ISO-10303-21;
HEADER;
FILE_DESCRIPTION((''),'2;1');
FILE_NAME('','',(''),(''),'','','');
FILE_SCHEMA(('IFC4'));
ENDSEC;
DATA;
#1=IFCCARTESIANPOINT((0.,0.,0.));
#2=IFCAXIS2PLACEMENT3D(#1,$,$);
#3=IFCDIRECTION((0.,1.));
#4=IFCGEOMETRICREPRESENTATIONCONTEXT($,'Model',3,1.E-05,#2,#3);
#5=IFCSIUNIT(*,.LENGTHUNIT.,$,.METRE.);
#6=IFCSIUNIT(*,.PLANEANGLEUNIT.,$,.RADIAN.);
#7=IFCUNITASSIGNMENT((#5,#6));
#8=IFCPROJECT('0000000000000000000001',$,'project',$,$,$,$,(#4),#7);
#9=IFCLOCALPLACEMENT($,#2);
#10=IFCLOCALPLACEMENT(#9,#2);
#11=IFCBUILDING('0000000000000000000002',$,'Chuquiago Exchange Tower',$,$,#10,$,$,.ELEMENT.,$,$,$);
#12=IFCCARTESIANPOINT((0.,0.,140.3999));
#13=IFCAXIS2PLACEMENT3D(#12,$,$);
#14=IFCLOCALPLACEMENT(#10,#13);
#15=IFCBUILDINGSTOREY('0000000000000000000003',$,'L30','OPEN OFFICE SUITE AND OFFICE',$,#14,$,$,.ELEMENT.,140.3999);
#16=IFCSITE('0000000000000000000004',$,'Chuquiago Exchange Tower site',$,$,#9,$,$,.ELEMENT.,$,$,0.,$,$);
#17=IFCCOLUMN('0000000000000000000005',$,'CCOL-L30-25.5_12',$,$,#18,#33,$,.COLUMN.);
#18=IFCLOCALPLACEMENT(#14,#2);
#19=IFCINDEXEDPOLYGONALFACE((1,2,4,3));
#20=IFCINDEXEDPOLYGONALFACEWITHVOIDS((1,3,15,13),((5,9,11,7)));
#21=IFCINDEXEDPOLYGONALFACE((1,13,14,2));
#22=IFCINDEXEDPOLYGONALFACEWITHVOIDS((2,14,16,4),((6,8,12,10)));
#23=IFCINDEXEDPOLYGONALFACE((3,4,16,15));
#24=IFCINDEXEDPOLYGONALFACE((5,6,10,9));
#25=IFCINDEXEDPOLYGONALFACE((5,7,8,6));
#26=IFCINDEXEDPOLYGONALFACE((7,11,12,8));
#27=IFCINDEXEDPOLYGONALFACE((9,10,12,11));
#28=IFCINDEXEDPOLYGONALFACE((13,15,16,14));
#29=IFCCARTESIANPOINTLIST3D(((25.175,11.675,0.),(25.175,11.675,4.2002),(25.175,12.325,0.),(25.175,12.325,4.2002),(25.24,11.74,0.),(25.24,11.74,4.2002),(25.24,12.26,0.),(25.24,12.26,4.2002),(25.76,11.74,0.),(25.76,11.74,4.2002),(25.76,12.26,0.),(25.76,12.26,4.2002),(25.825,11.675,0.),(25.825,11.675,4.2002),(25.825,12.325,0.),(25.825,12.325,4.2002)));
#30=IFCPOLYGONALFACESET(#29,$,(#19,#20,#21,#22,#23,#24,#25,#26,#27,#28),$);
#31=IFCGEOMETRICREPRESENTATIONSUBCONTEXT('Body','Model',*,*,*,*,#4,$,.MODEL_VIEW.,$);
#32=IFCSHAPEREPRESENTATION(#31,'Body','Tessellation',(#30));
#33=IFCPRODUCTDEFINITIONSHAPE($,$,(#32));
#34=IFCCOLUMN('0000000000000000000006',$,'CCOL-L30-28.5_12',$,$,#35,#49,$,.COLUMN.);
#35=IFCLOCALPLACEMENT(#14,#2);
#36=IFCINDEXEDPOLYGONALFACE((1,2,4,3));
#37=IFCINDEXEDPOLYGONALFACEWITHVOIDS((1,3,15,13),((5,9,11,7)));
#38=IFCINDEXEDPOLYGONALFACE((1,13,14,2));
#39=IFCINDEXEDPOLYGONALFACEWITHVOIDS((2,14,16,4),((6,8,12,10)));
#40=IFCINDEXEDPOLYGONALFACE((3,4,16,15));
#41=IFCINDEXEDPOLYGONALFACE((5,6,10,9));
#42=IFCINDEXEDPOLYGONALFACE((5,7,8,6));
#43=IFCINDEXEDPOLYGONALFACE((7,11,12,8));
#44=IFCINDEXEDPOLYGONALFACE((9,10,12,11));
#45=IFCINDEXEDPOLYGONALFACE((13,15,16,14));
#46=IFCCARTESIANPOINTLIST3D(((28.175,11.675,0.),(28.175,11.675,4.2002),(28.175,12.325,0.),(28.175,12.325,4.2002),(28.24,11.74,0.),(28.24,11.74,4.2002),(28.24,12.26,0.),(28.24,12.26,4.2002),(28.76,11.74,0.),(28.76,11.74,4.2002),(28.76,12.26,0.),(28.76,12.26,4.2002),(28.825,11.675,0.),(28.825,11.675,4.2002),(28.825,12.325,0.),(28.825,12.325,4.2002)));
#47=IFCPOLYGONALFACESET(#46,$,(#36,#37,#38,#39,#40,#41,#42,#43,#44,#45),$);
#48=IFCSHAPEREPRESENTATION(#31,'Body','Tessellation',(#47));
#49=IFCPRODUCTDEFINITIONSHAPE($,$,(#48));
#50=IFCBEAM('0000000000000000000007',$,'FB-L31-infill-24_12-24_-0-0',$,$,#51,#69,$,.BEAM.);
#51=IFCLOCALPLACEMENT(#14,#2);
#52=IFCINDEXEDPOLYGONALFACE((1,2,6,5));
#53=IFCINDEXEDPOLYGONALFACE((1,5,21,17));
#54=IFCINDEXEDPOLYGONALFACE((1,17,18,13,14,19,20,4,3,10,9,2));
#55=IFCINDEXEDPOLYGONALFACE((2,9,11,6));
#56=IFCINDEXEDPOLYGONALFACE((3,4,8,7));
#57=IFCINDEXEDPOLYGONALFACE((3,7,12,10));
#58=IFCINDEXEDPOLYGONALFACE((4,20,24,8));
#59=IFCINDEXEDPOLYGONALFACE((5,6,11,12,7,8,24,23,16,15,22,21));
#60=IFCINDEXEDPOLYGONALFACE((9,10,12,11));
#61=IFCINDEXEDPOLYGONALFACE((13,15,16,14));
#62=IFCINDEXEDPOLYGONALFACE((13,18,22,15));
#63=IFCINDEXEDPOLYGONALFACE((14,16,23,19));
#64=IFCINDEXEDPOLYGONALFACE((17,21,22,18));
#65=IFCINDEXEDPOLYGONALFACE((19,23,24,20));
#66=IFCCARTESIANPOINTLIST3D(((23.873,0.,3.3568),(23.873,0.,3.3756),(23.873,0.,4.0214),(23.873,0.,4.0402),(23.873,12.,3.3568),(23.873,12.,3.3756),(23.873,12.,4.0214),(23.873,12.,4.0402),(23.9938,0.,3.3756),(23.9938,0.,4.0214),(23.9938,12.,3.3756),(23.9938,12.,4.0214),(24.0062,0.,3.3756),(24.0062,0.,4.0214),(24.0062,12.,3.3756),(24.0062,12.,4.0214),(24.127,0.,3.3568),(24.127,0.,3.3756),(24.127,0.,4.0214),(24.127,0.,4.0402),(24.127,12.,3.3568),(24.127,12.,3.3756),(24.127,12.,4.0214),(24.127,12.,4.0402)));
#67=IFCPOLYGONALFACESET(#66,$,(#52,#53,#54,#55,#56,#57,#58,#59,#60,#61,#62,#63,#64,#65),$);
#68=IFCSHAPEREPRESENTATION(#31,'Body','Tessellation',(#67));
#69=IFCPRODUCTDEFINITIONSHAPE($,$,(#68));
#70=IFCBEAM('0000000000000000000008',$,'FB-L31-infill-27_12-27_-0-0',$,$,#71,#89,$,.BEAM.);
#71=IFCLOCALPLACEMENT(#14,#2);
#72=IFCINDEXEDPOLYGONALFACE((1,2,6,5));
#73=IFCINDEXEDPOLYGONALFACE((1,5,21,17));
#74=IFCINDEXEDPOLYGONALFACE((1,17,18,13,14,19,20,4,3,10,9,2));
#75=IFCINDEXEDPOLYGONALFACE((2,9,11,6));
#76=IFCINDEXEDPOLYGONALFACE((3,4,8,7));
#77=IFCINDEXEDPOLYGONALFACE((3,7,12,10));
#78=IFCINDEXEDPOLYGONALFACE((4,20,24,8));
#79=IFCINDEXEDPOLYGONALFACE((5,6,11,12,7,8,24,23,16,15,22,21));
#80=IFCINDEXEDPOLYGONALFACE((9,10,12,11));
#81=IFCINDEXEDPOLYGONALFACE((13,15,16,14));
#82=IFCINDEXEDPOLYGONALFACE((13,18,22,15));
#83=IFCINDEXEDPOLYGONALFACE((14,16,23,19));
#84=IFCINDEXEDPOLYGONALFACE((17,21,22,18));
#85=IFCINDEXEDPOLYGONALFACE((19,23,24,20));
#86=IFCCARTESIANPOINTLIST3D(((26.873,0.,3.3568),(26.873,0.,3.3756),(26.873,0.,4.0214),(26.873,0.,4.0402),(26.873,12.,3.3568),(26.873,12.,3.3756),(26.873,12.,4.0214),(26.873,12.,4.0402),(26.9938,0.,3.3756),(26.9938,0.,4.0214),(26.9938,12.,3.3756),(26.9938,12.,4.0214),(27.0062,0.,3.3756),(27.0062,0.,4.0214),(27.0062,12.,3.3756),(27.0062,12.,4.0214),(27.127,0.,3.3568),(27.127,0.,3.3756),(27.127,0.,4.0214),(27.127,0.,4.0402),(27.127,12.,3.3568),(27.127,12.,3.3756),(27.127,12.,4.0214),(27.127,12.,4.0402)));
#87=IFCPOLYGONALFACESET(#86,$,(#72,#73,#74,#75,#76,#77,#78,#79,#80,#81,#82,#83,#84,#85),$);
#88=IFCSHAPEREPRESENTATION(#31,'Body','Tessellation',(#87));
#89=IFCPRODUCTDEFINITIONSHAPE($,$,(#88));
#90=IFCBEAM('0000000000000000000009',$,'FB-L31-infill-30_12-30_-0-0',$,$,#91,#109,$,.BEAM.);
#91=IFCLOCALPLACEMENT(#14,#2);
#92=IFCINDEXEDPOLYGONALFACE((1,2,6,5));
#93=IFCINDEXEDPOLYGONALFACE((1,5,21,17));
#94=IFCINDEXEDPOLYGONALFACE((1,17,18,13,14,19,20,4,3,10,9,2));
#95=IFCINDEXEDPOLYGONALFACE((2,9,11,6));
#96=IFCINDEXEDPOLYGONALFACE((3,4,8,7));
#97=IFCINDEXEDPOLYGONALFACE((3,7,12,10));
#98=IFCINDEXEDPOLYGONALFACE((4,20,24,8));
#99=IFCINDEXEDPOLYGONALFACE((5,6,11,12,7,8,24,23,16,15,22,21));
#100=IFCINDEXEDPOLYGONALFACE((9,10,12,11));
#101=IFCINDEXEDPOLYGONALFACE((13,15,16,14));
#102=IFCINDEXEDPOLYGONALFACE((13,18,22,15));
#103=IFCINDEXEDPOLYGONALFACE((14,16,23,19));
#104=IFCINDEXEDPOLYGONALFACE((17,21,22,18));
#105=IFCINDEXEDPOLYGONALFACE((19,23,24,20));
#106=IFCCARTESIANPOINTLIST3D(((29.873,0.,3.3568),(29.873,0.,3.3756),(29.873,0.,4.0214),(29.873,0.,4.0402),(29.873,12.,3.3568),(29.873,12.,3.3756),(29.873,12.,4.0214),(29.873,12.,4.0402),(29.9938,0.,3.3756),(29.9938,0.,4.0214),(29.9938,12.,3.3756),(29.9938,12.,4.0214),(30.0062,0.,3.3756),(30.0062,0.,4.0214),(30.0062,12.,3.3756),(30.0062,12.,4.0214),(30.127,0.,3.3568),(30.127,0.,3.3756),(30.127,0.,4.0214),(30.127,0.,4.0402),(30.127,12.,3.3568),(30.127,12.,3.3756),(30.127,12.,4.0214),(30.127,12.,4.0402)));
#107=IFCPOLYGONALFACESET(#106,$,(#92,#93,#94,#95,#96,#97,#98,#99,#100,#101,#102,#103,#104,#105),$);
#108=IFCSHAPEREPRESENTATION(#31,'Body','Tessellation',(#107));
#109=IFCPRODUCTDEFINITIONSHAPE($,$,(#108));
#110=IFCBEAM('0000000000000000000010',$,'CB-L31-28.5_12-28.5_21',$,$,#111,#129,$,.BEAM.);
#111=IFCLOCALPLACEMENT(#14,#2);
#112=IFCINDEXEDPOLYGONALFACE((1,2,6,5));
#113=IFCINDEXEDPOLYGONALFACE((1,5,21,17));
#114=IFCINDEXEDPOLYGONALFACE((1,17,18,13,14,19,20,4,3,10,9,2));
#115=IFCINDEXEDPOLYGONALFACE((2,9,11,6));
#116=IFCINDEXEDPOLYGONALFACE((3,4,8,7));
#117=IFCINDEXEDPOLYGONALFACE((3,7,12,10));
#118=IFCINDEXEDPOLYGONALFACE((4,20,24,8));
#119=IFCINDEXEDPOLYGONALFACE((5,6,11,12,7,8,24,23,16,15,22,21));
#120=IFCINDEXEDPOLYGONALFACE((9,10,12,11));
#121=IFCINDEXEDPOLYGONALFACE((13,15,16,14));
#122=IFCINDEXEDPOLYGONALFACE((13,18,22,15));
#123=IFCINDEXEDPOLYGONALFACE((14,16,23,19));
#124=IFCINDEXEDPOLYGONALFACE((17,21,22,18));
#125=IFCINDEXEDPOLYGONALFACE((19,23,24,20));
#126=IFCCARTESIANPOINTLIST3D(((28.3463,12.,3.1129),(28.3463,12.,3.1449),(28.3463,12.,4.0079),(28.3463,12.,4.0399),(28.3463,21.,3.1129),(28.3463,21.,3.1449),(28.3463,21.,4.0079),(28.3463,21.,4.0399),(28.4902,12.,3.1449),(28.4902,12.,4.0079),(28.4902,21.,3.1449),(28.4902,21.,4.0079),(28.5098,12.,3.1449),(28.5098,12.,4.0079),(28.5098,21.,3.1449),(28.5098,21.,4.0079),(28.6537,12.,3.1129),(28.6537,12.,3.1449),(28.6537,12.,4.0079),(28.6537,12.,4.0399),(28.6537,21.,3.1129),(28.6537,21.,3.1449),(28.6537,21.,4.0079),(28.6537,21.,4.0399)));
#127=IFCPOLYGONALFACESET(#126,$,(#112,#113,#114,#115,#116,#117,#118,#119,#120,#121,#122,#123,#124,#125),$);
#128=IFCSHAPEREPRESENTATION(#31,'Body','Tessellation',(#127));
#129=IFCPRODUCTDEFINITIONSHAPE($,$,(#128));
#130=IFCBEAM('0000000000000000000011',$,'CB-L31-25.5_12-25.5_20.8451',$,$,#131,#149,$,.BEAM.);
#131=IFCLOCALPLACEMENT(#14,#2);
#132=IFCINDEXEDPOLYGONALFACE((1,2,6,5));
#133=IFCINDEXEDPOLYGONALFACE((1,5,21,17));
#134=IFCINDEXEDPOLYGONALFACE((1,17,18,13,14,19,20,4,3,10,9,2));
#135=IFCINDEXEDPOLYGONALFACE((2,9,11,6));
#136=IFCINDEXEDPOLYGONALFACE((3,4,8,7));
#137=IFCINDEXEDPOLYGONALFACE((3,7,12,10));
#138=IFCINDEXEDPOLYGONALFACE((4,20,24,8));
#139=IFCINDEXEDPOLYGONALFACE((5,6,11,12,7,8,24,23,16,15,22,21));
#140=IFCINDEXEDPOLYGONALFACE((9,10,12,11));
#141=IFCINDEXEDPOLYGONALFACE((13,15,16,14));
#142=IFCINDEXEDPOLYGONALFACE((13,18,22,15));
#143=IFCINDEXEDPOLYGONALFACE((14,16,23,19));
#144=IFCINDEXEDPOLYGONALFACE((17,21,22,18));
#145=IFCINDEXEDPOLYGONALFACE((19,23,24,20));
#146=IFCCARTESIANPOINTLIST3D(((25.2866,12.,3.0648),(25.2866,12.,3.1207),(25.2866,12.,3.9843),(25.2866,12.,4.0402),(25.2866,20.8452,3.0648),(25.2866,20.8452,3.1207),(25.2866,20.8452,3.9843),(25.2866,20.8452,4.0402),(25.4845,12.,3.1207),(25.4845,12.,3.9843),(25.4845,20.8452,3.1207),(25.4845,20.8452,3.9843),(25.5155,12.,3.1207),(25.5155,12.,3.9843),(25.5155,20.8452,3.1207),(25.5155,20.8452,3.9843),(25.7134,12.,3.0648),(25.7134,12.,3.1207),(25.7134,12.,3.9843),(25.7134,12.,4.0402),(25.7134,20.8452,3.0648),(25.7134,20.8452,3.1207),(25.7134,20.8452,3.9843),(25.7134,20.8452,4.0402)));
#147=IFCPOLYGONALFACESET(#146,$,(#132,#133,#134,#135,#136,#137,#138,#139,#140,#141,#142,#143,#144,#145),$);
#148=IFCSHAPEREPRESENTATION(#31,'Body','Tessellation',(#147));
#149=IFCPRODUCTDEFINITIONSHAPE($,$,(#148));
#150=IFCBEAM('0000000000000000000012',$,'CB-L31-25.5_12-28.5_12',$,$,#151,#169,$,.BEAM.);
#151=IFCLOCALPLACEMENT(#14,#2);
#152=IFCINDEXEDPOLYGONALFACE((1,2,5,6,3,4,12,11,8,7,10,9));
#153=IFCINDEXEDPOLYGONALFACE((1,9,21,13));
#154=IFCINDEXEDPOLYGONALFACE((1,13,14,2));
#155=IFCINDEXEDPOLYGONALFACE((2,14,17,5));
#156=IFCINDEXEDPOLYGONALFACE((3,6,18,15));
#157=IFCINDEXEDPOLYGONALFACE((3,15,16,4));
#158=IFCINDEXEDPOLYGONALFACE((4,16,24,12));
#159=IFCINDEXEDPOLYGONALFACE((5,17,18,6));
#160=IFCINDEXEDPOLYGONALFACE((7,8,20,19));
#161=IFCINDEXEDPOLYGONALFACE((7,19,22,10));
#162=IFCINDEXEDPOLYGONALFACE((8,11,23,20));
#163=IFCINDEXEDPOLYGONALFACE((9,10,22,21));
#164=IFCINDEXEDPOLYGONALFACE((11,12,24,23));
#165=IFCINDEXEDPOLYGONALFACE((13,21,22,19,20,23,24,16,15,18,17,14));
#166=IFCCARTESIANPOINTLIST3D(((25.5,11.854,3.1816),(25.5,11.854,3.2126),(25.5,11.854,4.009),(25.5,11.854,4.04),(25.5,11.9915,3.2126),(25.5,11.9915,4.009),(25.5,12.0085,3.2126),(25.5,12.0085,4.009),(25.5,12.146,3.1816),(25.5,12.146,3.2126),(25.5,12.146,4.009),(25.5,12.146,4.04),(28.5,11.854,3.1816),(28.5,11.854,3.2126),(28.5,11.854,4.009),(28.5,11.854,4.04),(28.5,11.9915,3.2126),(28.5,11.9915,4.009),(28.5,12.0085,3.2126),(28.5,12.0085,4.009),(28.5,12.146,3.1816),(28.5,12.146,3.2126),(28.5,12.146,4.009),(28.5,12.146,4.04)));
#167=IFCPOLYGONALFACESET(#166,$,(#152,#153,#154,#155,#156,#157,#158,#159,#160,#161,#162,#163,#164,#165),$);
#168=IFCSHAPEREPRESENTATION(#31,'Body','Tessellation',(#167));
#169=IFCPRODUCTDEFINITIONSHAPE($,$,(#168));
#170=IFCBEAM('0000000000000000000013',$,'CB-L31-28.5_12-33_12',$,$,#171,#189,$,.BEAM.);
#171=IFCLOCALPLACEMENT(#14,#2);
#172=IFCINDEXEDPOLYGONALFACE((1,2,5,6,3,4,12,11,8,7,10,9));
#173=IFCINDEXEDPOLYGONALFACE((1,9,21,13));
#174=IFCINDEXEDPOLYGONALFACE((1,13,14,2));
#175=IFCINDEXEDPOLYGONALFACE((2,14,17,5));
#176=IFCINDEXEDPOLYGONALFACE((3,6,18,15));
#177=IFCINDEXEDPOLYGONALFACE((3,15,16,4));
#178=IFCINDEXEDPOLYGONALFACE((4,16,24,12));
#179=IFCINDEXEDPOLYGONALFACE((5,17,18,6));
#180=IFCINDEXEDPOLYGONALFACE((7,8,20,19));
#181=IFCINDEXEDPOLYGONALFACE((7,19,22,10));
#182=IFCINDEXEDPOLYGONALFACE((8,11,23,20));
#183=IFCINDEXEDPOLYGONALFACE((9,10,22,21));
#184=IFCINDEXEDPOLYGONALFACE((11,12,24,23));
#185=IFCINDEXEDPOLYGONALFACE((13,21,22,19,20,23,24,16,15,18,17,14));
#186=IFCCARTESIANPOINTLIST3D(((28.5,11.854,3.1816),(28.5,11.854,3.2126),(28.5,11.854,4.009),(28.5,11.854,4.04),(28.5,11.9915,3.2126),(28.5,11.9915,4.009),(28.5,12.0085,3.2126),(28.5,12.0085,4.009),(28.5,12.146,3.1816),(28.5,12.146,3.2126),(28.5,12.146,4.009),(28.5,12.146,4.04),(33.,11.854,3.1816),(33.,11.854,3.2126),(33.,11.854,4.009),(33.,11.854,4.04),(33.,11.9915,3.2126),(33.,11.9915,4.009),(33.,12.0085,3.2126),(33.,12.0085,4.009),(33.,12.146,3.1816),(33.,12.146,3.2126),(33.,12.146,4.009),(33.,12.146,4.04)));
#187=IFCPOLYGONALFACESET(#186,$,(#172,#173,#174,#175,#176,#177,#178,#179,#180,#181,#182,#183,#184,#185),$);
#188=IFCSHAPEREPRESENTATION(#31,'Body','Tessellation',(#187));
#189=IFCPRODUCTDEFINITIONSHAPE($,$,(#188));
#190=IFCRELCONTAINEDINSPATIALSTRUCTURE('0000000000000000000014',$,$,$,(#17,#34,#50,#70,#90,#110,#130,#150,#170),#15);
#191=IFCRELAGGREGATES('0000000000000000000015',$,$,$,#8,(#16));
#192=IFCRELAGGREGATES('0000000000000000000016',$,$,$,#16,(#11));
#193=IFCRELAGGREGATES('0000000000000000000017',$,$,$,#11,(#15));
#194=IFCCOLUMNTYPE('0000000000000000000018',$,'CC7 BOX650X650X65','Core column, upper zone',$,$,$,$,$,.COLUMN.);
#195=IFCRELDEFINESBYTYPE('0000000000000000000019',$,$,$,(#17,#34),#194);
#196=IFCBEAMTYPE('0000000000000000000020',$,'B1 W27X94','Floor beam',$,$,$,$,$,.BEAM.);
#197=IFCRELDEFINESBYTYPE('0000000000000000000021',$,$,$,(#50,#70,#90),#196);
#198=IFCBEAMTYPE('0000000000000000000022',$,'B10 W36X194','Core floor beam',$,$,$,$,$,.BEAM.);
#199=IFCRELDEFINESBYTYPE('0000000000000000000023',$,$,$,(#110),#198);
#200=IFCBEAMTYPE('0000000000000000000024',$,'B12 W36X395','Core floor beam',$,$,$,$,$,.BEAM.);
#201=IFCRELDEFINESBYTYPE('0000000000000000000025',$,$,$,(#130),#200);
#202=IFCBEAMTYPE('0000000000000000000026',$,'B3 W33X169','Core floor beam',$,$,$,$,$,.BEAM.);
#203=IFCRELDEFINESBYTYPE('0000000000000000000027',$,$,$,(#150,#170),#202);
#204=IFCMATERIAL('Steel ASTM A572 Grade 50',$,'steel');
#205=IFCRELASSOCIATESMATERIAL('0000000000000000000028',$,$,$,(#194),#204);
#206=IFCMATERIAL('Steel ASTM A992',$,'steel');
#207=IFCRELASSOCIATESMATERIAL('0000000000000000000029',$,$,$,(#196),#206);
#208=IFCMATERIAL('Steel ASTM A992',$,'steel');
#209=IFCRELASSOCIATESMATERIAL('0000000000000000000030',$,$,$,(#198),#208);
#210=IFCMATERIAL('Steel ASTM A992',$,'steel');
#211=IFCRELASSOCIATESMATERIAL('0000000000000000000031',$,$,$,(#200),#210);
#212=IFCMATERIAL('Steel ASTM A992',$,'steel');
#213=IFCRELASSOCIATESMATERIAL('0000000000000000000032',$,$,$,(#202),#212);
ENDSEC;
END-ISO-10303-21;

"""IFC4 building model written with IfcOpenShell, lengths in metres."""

from ifc_helpers import new_model, si_unit, direction, frame, origin, origin_2d, place, context, subcontext, project, spatial, hollow_rectangle, i_section, extrude, material, material_profile, profile_set, type_object, element, save


model = new_model("IFC4")

# Units and contexts
model_context = context("Model", 3, precision=1e-05, world=origin(), true_north=direction((0.0, 1.0)))
body_context = subcontext(model_context, "Body", "Model", "MODEL_VIEW")
ifc_project = project(units=[si_unit("LENGTHUNIT", "METRE"), si_unit("PLANEANGLEUNIT", "RADIAN")], contexts=[model_context])

# Site, building, storey
site_placement = place(None, origin())
site = spatial("IfcSite", under=ifc_project, at=site_placement, Name="Chuquiago Exchange Tower site", CompositionType="ELEMENT", RefElevation=0.0)
building_placement = place(site_placement, origin())
building = spatial("IfcBuilding", under=site, at=building_placement, Name="Chuquiago Exchange Tower", CompositionType="ELEMENT")
storey_placement = place(building_placement, frame((0.0, 0.0, 140.3999)))
storey = spatial("IfcBuildingStorey", under=building, at=storey_placement, Name="L30", Description="OPEN OFFICE SUITE AND OFFICE", CompositionType="ELEMENT", Elevation=140.3999)

# Columns
ifc_material_1 = material(Name="Steel ASTM A572 Grade 50", Category="steel")
ifc_material_profile_1 = material_profile(ifc_material_1, hollow_rectangle(XDim=0.6499, YDim=0.6499, WallThickness=0.0649, at=origin_2d()), Name="BOX650X650X65")
ifc_profile_set_1 = profile_set([ifc_material_profile_1], Name="Steel ASTM A572 Grade 50")
column_type = type_object("IfcColumnType", Name="CC7 BOX650X650X65", Description="Core column, upper zone", PredefinedType="COLUMN", material=ifc_profile_set_1)
for number, where, z_axis, x_axis, name in (
    (1, (25.5, 12.0, 0.0), (0.0, 0.0, 1.0), (1.0, 0.0, 0.0), "CCOL-L30-25.5_12"),
    (2, (28.5, 12.0, 0.0), (0.0, 0.0, 1.0), (1.0, 0.0, 0.0), "CCOL-L30-28.5_12"),
):
    element("IfcColumn", number, at=place(storey_placement, frame(where, z_axis=z_axis, x_axis=x_axis)), inside=storey, type_object=column_type, Name=name, PredefinedType="COLUMN", context=body_context, shape_type="SweptSolid", body=[
        extrude(hollow_rectangle(XDim=0.6499, YDim=0.6499, WallThickness=0.0649, at=origin_2d()), origin(), (0.0, 0.0, 1.0), 4.2002),
    ])

# Beams
ifc_material_2 = material(Name="Steel ASTM A992", Category="steel")
ifc_material_profile_2 = material_profile(ifc_material_2, i_section(OverallWidth=0.2539, OverallDepth=0.6833, WebThickness=0.0125, FlangeThickness=0.0188, at=origin_2d()), Name="W27X94")
ifc_profile_set_2 = profile_set([ifc_material_profile_2], Name="Steel ASTM A992")
beam_type_1 = type_object("IfcBeamType", Name="B1 W27X94", Description="Floor beam", PredefinedType="BEAM", material=ifc_profile_set_2)
for number, where, z_axis, x_axis, name in (
    (3, (24.0, 12.0, 3.6985), (0.0, -1.0, 0.0), (1.0, 0.0, 0.0), "FB-L31-infill-24_12-24_-0-0"),
    (4, (27.0, 12.0, 3.6985), (0.0, -1.0, 0.0), (1.0, 0.0, 0.0), "FB-L31-infill-27_12-27_-0-0"),
    (5, (30.0, 12.0, 3.6985), (0.0, -1.0, 0.0), (1.0, 0.0, 0.0), "FB-L31-infill-30_12-30_-0-0"),
):
    element("IfcBeam", number, at=place(storey_placement, frame(where, z_axis=z_axis, x_axis=x_axis)), inside=storey, type_object=beam_type_1, Name=name, PredefinedType="BEAM", context=body_context, shape_type="SweptSolid", body=[
        extrude(i_section(OverallWidth=0.2539, OverallDepth=0.6833, WebThickness=0.0125, FlangeThickness=0.0188, at=origin_2d()), origin(), (0.0, 0.0, 1.0), 12.0),
    ])
ifc_material_3 = material(Name="Steel ASTM A992", Category="steel")
ifc_material_profile_3 = material_profile(ifc_material_3, i_section(OverallWidth=0.3074, OverallDepth=0.927, WebThickness=0.0195, FlangeThickness=0.032, at=origin_2d()), Name="W36X194")
ifc_profile_set_3 = profile_set([ifc_material_profile_3], Name="Steel ASTM A992")
beam_type_2 = type_object("IfcBeamType", Name="B10 W36X194", Description="Core floor beam", PredefinedType="BEAM", material=ifc_profile_set_3)
beam_1_placement = place(storey_placement, frame((28.5, 12.0, 3.5764), z_axis=(0.0, 1.0, 0.0), x_axis=(-1.0, 0.0, 0.0)))
element("IfcBeam", 6, at=beam_1_placement, inside=storey, type_object=beam_type_2, Name="CB-L31-28.5_12-28.5_21", PredefinedType="BEAM", context=body_context, shape_type="SweptSolid", body=[
    extrude(i_section(OverallWidth=0.3074, OverallDepth=0.927, WebThickness=0.0195, FlangeThickness=0.032, at=origin_2d()), origin(), (0.0, 0.0, 1.0), 9.0),
])
ifc_material_4 = material(Name="Steel ASTM A992", Category="steel")
ifc_material_profile_4 = material_profile(ifc_material_4, i_section(OverallWidth=0.4268, OverallDepth=0.9753, WebThickness=0.031, FlangeThickness=0.0559, at=origin_2d()), Name="W36X395")
ifc_profile_set_4 = profile_set([ifc_material_profile_4], Name="Steel ASTM A992")
beam_type_3 = type_object("IfcBeamType", Name="B12 W36X395", Description="Core floor beam", PredefinedType="BEAM", material=ifc_profile_set_4)
beam_2_placement = place(storey_placement, frame((25.5, 12.0, 3.5525), z_axis=(0.0, 1.0, 0.0), x_axis=(-1.0, 0.0, 0.0)))
element("IfcBeam", 7, at=beam_2_placement, inside=storey, type_object=beam_type_3, Name="CB-L31-25.5_12-25.5_20.8451", PredefinedType="BEAM", context=body_context, shape_type="SweptSolid", body=[
    extrude(i_section(OverallWidth=0.4268, OverallDepth=0.9753, WebThickness=0.031, FlangeThickness=0.0559, at=origin_2d()), origin(), (0.0, 0.0, 1.0), 8.8452),
])
ifc_material_5 = material(Name="Steel ASTM A992", Category="steel")
ifc_material_profile_5 = material_profile(ifc_material_5, i_section(OverallWidth=0.292, OverallDepth=0.8584, WebThickness=0.0171, FlangeThickness=0.031, at=origin_2d()), Name="W33X169")
ifc_profile_set_5 = profile_set([ifc_material_profile_5], Name="Steel ASTM A992")
beam_type_4 = type_object("IfcBeamType", Name="B3 W33X169", Description="Core floor beam", PredefinedType="BEAM", material=ifc_profile_set_5)
beam_3_placement = place(storey_placement, frame((25.5, 12.0, 3.6108), z_axis=(1.0, 0.0, 0.0), x_axis=(0.0, 1.0, 0.0)))
element("IfcBeam", 8, at=beam_3_placement, inside=storey, type_object=beam_type_4, Name="CB-L31-25.5_12-28.5_12", PredefinedType="BEAM", context=body_context, shape_type="SweptSolid", body=[
    extrude(i_section(OverallWidth=0.292, OverallDepth=0.8584, WebThickness=0.0171, FlangeThickness=0.031, at=origin_2d()), origin(), (0.0, 0.0, 1.0), 3.0),
])
beam_4_placement = place(storey_placement, frame((28.5, 12.0, 3.6108), z_axis=(1.0, 0.0, 0.0), x_axis=(0.0, 1.0, 0.0)))
element("IfcBeam", 9, at=beam_4_placement, inside=storey, type_object=beam_type_4, Name="CB-L31-28.5_12-33_12", PredefinedType="BEAM", context=body_context, shape_type="SweptSolid", body=[
    extrude(i_section(OverallWidth=0.292, OverallDepth=0.8584, WebThickness=0.0171, FlangeThickness=0.031, at=origin_2d()), origin(), (0.0, 0.0, 1.0), 4.5),
])

save(model, "model.ifc")
